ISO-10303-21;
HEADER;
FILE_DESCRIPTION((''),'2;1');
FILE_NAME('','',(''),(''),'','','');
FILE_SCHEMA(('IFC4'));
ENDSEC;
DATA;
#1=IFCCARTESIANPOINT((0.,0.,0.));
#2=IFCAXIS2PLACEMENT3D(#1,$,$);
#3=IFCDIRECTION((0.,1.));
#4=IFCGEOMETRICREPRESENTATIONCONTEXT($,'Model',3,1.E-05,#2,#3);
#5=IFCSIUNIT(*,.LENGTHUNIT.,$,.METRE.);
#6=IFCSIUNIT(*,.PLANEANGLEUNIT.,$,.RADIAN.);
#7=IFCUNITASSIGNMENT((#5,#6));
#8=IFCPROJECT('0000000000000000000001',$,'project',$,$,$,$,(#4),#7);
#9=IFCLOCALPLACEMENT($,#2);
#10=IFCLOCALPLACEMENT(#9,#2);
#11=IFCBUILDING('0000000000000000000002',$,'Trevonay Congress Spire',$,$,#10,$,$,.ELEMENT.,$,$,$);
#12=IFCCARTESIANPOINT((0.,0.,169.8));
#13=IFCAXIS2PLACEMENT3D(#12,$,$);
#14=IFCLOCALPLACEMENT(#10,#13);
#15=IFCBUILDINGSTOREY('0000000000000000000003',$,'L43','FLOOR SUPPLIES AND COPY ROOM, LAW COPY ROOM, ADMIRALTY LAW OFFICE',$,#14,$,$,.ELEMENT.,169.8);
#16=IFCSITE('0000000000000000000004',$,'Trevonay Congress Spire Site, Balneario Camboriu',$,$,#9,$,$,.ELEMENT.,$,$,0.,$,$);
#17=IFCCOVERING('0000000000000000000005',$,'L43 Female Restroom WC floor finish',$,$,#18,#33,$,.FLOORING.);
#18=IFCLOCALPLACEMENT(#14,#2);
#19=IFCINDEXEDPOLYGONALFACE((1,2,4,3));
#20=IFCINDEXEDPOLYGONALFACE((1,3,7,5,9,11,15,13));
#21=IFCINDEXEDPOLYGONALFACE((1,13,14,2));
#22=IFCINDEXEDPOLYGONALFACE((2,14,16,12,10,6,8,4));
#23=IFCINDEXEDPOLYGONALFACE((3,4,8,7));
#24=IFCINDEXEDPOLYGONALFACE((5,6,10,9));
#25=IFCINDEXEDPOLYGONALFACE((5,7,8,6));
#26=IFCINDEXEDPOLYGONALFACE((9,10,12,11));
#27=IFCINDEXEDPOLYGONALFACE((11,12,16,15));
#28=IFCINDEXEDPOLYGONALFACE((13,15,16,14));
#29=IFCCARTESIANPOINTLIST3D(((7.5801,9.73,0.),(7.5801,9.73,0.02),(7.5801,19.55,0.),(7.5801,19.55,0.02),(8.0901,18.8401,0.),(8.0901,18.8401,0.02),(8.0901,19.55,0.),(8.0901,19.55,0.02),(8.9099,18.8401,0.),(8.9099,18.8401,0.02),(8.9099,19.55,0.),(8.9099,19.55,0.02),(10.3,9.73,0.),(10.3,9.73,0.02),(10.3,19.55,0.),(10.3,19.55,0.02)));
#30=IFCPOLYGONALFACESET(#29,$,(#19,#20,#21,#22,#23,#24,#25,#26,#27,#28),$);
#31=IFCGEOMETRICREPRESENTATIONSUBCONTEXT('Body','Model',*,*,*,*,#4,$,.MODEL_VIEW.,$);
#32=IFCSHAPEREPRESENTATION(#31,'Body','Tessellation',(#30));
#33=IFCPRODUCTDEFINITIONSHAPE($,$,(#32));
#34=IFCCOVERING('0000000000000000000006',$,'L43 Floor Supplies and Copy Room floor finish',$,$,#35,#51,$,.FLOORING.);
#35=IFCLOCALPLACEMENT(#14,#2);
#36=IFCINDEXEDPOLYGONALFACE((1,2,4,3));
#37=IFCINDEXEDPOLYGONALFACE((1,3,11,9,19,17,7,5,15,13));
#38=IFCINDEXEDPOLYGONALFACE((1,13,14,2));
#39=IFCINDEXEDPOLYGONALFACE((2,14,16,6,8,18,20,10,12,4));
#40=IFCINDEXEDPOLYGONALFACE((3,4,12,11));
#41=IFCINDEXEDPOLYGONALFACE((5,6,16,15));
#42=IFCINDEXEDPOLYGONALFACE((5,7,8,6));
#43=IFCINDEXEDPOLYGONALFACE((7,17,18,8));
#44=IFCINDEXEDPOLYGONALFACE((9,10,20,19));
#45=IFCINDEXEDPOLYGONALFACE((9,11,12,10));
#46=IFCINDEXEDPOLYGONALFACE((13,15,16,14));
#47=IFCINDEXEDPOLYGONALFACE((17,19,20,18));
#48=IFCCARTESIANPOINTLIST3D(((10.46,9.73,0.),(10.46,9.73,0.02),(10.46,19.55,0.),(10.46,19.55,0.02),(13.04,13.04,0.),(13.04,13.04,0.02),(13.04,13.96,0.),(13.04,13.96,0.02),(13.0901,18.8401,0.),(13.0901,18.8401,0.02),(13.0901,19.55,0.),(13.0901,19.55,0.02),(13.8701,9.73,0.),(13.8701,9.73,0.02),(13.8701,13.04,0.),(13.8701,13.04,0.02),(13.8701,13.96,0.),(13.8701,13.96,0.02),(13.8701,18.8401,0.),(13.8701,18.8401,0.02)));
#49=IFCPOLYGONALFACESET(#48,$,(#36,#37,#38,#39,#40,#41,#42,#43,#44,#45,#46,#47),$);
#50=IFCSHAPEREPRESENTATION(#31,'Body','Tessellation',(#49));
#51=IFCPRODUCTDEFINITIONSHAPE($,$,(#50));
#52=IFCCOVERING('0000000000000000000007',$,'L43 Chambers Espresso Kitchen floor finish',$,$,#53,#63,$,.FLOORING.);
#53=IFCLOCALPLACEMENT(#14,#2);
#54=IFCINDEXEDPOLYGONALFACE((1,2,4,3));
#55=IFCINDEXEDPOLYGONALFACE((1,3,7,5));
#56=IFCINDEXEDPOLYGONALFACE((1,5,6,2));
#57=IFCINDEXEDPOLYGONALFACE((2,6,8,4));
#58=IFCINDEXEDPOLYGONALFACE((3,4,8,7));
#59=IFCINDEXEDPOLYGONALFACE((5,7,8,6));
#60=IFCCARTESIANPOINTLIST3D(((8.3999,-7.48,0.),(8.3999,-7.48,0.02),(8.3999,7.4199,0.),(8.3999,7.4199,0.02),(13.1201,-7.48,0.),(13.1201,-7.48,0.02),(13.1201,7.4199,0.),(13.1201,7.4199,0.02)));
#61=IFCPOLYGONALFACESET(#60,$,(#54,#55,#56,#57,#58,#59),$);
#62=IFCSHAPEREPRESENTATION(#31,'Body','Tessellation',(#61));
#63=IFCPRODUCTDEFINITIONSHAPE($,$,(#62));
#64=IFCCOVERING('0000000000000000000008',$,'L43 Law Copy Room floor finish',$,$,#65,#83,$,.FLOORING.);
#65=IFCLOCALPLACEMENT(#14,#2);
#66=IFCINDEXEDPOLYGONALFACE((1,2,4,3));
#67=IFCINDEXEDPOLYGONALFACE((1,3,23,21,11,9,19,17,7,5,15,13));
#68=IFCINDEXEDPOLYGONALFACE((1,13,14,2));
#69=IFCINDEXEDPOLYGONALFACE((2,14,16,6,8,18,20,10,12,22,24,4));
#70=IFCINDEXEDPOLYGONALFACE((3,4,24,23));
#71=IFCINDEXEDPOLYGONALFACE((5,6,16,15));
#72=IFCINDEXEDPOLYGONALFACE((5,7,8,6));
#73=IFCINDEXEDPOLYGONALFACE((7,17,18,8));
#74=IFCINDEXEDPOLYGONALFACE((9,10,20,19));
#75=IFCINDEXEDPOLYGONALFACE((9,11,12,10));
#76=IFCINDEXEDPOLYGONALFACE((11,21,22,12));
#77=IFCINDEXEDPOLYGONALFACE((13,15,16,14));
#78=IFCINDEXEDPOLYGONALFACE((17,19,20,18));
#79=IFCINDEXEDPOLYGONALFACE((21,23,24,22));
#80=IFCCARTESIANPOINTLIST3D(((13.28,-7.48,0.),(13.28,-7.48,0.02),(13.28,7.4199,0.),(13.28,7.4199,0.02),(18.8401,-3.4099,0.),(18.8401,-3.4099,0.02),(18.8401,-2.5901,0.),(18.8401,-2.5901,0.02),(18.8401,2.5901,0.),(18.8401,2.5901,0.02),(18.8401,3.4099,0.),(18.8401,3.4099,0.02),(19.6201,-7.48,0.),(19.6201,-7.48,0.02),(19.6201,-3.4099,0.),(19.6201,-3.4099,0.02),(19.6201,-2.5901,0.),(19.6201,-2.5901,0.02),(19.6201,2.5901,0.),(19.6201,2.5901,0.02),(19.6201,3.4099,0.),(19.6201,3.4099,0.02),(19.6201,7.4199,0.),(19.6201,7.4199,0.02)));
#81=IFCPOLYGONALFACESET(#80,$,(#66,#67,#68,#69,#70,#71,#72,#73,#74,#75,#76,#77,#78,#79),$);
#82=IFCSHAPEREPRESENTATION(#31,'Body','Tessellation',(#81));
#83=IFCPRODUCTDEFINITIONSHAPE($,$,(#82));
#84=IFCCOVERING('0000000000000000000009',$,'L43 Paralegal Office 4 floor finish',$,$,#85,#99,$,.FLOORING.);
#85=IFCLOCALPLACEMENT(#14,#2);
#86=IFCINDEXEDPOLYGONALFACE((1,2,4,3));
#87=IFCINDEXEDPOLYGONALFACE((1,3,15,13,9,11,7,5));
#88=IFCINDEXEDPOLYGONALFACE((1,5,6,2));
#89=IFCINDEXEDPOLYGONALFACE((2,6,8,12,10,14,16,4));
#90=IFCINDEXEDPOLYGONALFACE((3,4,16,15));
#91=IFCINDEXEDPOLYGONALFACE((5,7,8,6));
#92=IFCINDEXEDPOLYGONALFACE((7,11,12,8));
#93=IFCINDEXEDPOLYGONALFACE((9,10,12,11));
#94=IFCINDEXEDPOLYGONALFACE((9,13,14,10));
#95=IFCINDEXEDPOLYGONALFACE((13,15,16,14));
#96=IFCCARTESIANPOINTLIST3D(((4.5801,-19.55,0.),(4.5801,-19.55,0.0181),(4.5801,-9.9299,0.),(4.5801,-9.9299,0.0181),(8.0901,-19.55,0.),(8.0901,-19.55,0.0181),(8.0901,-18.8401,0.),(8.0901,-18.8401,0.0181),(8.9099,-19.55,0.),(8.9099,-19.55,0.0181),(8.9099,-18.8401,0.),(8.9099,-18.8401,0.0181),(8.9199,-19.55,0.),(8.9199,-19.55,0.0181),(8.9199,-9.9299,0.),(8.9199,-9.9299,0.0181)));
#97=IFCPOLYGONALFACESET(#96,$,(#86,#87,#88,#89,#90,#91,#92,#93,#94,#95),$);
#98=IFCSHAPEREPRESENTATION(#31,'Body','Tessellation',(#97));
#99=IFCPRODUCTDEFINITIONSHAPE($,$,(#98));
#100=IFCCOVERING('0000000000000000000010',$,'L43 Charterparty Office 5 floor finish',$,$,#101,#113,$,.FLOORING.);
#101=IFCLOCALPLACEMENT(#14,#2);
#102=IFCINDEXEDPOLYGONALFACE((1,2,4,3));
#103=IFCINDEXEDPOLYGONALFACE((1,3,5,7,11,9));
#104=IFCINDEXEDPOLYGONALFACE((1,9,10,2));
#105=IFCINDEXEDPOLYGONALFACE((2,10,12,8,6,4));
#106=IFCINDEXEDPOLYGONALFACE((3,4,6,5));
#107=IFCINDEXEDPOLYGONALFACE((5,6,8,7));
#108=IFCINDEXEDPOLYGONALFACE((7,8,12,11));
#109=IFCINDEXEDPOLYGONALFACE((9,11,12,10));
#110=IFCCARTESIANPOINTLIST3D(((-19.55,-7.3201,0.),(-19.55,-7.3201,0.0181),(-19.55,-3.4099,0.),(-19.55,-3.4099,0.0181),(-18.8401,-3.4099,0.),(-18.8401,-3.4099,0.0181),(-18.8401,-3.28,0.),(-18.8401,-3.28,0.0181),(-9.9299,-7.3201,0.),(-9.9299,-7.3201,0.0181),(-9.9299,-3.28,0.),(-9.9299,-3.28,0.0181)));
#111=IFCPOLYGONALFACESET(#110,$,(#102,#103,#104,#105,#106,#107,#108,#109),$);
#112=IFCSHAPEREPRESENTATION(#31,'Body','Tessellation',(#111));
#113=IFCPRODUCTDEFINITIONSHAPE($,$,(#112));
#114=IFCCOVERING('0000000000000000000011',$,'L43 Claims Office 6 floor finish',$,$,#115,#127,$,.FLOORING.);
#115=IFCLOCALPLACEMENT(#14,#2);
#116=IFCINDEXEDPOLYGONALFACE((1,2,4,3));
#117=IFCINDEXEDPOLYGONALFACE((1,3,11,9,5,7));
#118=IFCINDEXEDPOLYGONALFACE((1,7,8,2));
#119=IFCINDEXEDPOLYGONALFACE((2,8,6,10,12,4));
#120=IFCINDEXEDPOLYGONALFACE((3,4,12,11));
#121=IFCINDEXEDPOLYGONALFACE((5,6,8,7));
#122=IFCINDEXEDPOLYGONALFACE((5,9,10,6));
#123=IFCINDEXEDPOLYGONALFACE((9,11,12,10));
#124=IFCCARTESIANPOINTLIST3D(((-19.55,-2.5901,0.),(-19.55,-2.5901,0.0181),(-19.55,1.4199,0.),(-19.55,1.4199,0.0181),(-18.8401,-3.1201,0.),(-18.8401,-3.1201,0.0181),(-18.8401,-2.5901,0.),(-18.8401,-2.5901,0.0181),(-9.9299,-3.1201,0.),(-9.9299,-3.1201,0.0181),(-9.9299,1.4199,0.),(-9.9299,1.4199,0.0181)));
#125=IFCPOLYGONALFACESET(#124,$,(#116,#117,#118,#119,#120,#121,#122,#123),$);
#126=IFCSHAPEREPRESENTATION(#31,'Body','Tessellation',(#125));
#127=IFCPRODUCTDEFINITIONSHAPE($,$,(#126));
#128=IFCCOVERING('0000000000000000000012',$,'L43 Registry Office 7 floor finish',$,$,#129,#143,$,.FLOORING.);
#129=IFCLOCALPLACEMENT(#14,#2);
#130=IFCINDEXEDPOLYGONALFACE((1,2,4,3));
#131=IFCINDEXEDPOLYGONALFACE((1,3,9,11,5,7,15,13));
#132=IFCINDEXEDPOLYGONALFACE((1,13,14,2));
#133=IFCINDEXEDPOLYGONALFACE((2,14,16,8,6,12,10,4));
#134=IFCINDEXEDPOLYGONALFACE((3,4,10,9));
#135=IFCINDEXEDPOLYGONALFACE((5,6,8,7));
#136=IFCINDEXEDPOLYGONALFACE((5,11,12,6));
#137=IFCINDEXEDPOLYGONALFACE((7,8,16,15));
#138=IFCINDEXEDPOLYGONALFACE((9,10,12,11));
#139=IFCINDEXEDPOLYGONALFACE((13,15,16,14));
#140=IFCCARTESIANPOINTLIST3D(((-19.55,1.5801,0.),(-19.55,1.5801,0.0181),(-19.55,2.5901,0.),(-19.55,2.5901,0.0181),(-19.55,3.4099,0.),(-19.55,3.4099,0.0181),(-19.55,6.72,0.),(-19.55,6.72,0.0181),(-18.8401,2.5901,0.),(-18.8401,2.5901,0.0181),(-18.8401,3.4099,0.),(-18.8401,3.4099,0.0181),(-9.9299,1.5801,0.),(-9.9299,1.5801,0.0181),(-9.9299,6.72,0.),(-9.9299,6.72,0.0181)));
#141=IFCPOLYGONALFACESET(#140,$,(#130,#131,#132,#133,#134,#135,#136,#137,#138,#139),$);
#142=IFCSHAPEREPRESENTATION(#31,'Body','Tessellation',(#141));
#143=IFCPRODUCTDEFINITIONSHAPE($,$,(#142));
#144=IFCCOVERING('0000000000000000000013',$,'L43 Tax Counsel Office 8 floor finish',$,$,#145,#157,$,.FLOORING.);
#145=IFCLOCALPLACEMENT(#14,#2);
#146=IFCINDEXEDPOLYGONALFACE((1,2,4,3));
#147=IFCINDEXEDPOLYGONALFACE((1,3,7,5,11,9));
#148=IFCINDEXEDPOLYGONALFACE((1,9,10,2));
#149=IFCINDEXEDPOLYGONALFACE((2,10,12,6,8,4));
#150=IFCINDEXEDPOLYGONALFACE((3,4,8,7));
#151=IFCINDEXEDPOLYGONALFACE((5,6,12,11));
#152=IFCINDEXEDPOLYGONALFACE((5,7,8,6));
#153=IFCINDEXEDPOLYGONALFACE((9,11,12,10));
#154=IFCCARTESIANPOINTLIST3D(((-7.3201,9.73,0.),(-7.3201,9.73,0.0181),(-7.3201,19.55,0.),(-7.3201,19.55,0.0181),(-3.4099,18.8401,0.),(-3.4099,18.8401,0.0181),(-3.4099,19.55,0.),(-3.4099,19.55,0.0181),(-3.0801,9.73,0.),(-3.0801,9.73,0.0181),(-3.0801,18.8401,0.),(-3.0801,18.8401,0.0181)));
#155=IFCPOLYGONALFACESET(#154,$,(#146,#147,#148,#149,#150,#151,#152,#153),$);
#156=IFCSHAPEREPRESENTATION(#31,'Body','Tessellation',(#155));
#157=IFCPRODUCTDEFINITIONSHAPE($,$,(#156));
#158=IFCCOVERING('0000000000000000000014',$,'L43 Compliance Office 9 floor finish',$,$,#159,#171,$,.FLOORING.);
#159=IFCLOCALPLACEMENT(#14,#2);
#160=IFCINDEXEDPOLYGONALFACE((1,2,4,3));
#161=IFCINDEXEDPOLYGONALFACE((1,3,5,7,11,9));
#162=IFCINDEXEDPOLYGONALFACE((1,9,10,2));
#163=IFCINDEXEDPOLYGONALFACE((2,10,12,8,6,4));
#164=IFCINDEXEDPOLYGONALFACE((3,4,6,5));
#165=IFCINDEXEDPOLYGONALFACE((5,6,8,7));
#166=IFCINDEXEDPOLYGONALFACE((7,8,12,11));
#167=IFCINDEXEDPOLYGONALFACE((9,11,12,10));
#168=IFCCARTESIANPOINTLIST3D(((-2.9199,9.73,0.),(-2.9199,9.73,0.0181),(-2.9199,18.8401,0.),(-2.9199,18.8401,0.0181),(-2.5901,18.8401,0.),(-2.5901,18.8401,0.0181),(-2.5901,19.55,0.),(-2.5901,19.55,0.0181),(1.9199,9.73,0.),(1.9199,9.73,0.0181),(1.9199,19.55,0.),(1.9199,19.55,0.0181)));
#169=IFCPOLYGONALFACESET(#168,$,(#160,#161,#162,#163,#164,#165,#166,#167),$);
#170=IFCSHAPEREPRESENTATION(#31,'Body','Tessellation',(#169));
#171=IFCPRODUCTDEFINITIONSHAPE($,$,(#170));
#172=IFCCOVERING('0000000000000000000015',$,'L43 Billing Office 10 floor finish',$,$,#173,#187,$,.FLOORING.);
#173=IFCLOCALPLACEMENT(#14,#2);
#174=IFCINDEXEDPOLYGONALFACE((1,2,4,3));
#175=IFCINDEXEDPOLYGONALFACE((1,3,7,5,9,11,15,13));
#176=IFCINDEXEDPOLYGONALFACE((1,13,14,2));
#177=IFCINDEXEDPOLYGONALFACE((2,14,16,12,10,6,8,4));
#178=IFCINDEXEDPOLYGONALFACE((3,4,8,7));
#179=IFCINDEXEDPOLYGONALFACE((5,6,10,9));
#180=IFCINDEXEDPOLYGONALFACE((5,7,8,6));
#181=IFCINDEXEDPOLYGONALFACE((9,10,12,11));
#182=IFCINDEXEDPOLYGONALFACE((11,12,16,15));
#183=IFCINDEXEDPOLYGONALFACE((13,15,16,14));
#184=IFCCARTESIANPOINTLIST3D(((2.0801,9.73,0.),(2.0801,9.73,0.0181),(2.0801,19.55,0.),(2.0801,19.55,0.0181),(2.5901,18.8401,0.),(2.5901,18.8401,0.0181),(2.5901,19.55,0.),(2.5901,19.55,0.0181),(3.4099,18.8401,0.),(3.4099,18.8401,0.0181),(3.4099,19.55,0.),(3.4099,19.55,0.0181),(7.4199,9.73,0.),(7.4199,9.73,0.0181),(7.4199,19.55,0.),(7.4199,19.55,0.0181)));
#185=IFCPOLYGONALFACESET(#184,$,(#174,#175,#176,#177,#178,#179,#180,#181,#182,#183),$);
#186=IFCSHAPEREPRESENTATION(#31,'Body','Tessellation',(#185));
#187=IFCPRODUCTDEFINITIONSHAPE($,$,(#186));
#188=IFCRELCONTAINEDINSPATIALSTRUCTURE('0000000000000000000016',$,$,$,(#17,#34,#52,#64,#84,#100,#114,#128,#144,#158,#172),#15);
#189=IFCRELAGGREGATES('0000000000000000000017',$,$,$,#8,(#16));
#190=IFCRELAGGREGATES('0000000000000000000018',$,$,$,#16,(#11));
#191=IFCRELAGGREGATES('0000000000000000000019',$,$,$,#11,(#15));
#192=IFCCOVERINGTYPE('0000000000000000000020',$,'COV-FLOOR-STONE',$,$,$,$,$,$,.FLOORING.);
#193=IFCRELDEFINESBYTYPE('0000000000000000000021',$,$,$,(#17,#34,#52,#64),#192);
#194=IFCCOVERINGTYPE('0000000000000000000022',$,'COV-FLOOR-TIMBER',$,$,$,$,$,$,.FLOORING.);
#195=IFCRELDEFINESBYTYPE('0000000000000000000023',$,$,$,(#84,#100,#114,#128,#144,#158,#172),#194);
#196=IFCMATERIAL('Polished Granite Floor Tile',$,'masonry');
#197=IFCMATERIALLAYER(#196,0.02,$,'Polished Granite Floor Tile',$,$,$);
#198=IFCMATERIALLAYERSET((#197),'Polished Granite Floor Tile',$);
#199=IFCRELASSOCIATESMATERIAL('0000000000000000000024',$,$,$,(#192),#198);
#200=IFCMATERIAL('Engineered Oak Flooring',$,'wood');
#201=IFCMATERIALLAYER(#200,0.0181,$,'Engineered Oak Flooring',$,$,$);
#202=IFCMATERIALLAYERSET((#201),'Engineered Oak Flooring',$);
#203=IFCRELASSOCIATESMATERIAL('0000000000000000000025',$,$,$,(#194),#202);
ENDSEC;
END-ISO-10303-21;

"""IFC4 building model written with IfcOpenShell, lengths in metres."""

from ifc_helpers import new_model, si_unit, direction, frame, origin, place, context, subcontext, project, spatial, polyline, outline, extrude, material, layer, layer_set, type_object, element, save


model = new_model("IFC4")

# Units and contexts
model_context = context("Model", 3, precision=1e-05, world=origin(), true_north=direction((0.0, 1.0)))
body_context = subcontext(model_context, "Body", "Model", "MODEL_VIEW")
ifc_project = project(units=[si_unit("LENGTHUNIT", "METRE"), si_unit("PLANEANGLEUNIT", "RADIAN")], contexts=[model_context])

# Site, building, storey
site_placement = place(None, origin())
site = spatial("IfcSite", under=ifc_project, at=site_placement, Name="Trevonay Congress Spire Site, Balneario Camboriu", CompositionType="ELEMENT", RefElevation=0.0)
building_placement = place(site_placement, origin())
building = spatial("IfcBuilding", under=site, at=building_placement, Name="Trevonay Congress Spire", CompositionType="ELEMENT")
storey_placement = place(building_placement, frame((0.0, 0.0, 169.8)))
storey = spatial("IfcBuildingStorey", under=building, at=storey_placement, Name="L43", Description="FLOOR SUPPLIES AND COPY ROOM, LAW COPY ROOM, ADMIRALTY LAW OFFICE", CompositionType="ELEMENT", Elevation=169.8)

# Coverings
ifc_material_1 = material(Name="Polished Granite Floor Tile", Category="masonry")
ifc_layer_1 = layer(ifc_material_1, 0.02, Name="Polished Granite Floor Tile")
ifc_layer_set_1 = layer_set([ifc_layer_1], Name="Polished Granite Floor Tile")
covering_type_1 = type_object("IfcCoveringType", Name="COV-FLOOR-STONE", PredefinedType="FLOORING", material=ifc_layer_set_1)
covering_1_placement = place(storey_placement, origin())
element("IfcCovering", 1, at=covering_1_placement, inside=storey, type_object=covering_type_1, Name="L43 Female Restroom WC floor finish", PredefinedType="FLOORING", context=body_context, shape_type="SweptSolid", body=[
    extrude(outline(polyline([(10.3, 19.55), (10.3, 9.73), (7.5801, 9.73), (7.5801, 19.55), (8.0901, 19.55), (8.0901, 18.8401), (8.9099, 18.8401), (8.9099, 19.55), (10.3, 19.55)])), origin(), (0.0, 0.0, 1.0), 0.02),
])
covering_2_placement = place(storey_placement, origin())
element("IfcCovering", 2, at=covering_2_placement, inside=storey, type_object=covering_type_1, Name="L43 Floor Supplies and Copy Room floor finish", PredefinedType="FLOORING", context=body_context, shape_type="SweptSolid", body=[
    extrude(outline(polyline([(13.8701, 9.73), (10.46, 9.73), (10.46, 19.55), (13.0901, 19.55), (13.0901, 18.8401), (13.8701, 18.8401), (13.8701, 13.96), (13.04, 13.96), (13.04, 13.04), (13.8701, 13.04), (13.8701, 9.73)])), origin(), (0.0, 0.0, 1.0), 0.02),
])
covering_3_placement = place(storey_placement, origin())
element("IfcCovering", 3, at=covering_3_placement, inside=storey, type_object=covering_type_1, Name="L43 Chambers Espresso Kitchen floor finish", PredefinedType="FLOORING", context=body_context, shape_type="SweptSolid", body=[
    extrude(outline(polyline([(8.3999, -7.48), (13.1201, -7.48), (13.1201, 7.4199), (8.3999, 7.4199), (8.3999, -7.48)])), origin(), (0.0, 0.0, 1.0), 0.02),
])
covering_4_placement = place(storey_placement, origin())
element("IfcCovering", 4, at=covering_4_placement, inside=storey, type_object=covering_type_1, Name="L43 Law Copy Room floor finish", PredefinedType="FLOORING", context=body_context, shape_type="SweptSolid", body=[
    extrude(outline(polyline([(19.6201, -7.48), (13.28, -7.48), (13.28, 7.4199), (19.6201, 7.4199), (19.6201, 3.4099), (18.8401, 3.4099), (18.8401, 2.5901), (19.6201, 2.5901), (19.6201, -2.5901), (18.8401, -2.5901), (18.8401, -3.4099), (19.6201, -3.4099), (19.6201, -7.48)])), origin(), (0.0, 0.0, 1.0), 0.02),
])
ifc_material_2 = material(Name="Engineered Oak Flooring", Category="wood")
ifc_layer_2 = layer(ifc_material_2, 0.0181, Name="Engineered Oak Flooring")
ifc_layer_set_2 = layer_set([ifc_layer_2], Name="Engineered Oak Flooring")
covering_type_2 = type_object("IfcCoveringType", Name="COV-FLOOR-TIMBER", PredefinedType="FLOORING", material=ifc_layer_set_2)
covering_5_placement = place(storey_placement, origin())
element("IfcCovering", 5, at=covering_5_placement, inside=storey, type_object=covering_type_2, Name="L43 Paralegal Office 4 floor finish", PredefinedType="FLOORING", context=body_context, shape_type="SweptSolid", body=[
    extrude(outline(polyline([(4.5801, -19.55), (4.5801, -9.9299), (8.9199, -9.9299), (8.9199, -19.55), (8.9099, -19.55), (8.9099, -18.8401), (8.0901, -18.8401), (8.0901, -19.55), (4.5801, -19.55)])), origin(), (0.0, 0.0, 1.0), 0.0181),
])
covering_6_placement = place(storey_placement, origin())
element("IfcCovering", 6, at=covering_6_placement, inside=storey, type_object=covering_type_2, Name="L43 Charterparty Office 5 floor finish", PredefinedType="FLOORING", context=body_context, shape_type="SweptSolid", body=[
    extrude(outline(polyline([(-9.9299, -3.28), (-9.9299, -7.3201), (-19.55, -7.3201), (-19.55, -3.4099), (-18.8401, -3.4099), (-18.8401, -3.28), (-9.9299, -3.28)])), origin(), (0.0, 0.0, 1.0), 0.0181),
])
covering_7_placement = place(storey_placement, origin())
element("IfcCovering", 7, at=covering_7_placement, inside=storey, type_object=covering_type_2, Name="L43 Claims Office 6 floor finish", PredefinedType="FLOORING", context=body_context, shape_type="SweptSolid", body=[
    extrude(outline(polyline([(-19.55, 1.4199), (-9.9299, 1.4199), (-9.9299, -3.1201), (-18.8401, -3.1201), (-18.8401, -2.5901), (-19.55, -2.5901), (-19.55, 1.4199)])), origin(), (0.0, 0.0, 1.0), 0.0181),
])
covering_8_placement = place(storey_placement, origin())
element("IfcCovering", 8, at=covering_8_placement, inside=storey, type_object=covering_type_2, Name="L43 Registry Office 7 floor finish", PredefinedType="FLOORING", context=body_context, shape_type="SweptSolid", body=[
    extrude(outline(polyline([(-19.55, 6.72), (-9.9299, 6.72), (-9.9299, 1.5801), (-19.55, 1.5801), (-19.55, 2.5901), (-18.8401, 2.5901), (-18.8401, 3.4099), (-19.55, 3.4099), (-19.55, 6.72)])), origin(), (0.0, 0.0, 1.0), 0.0181),
])
covering_9_placement = place(storey_placement, origin())
element("IfcCovering", 9, at=covering_9_placement, inside=storey, type_object=covering_type_2, Name="L43 Tax Counsel Office 8 floor finish", PredefinedType="FLOORING", context=body_context, shape_type="SweptSolid", body=[
    extrude(outline(polyline([(-3.0801, 9.73), (-7.3201, 9.73), (-7.3201, 19.55), (-3.4099, 19.55), (-3.4099, 18.8401), (-3.0801, 18.8401), (-3.0801, 9.73)])), origin(), (0.0, 0.0, 1.0), 0.0181),
])
covering_10_placement = place(storey_placement, origin())
element("IfcCovering", 10, at=covering_10_placement, inside=storey, type_object=covering_type_2, Name="L43 Compliance Office 9 floor finish", PredefinedType="FLOORING", context=body_context, shape_type="SweptSolid", body=[
    extrude(outline(polyline([(1.9199, 19.55), (1.9199, 9.73), (-2.9199, 9.73), (-2.9199, 18.8401), (-2.5901, 18.8401), (-2.5901, 19.55), (1.9199, 19.55)])), origin(), (0.0, 0.0, 1.0), 0.0181),
])
covering_11_placement = place(storey_placement, origin())
element("IfcCovering", 11, at=covering_11_placement, inside=storey, type_object=covering_type_2, Name="L43 Billing Office 10 floor finish", PredefinedType="FLOORING", context=body_context, shape_type="SweptSolid", body=[
    extrude(outline(polyline([(7.4199, 19.55), (7.4199, 9.73), (2.0801, 9.73), (2.0801, 19.55), (2.5901, 19.55), (2.5901, 18.8401), (3.4099, 18.8401), (3.4099, 19.55), (7.4199, 19.55)])), origin(), (0.0, 0.0, 1.0), 0.0181),
])

save(model, "model.ifc")
